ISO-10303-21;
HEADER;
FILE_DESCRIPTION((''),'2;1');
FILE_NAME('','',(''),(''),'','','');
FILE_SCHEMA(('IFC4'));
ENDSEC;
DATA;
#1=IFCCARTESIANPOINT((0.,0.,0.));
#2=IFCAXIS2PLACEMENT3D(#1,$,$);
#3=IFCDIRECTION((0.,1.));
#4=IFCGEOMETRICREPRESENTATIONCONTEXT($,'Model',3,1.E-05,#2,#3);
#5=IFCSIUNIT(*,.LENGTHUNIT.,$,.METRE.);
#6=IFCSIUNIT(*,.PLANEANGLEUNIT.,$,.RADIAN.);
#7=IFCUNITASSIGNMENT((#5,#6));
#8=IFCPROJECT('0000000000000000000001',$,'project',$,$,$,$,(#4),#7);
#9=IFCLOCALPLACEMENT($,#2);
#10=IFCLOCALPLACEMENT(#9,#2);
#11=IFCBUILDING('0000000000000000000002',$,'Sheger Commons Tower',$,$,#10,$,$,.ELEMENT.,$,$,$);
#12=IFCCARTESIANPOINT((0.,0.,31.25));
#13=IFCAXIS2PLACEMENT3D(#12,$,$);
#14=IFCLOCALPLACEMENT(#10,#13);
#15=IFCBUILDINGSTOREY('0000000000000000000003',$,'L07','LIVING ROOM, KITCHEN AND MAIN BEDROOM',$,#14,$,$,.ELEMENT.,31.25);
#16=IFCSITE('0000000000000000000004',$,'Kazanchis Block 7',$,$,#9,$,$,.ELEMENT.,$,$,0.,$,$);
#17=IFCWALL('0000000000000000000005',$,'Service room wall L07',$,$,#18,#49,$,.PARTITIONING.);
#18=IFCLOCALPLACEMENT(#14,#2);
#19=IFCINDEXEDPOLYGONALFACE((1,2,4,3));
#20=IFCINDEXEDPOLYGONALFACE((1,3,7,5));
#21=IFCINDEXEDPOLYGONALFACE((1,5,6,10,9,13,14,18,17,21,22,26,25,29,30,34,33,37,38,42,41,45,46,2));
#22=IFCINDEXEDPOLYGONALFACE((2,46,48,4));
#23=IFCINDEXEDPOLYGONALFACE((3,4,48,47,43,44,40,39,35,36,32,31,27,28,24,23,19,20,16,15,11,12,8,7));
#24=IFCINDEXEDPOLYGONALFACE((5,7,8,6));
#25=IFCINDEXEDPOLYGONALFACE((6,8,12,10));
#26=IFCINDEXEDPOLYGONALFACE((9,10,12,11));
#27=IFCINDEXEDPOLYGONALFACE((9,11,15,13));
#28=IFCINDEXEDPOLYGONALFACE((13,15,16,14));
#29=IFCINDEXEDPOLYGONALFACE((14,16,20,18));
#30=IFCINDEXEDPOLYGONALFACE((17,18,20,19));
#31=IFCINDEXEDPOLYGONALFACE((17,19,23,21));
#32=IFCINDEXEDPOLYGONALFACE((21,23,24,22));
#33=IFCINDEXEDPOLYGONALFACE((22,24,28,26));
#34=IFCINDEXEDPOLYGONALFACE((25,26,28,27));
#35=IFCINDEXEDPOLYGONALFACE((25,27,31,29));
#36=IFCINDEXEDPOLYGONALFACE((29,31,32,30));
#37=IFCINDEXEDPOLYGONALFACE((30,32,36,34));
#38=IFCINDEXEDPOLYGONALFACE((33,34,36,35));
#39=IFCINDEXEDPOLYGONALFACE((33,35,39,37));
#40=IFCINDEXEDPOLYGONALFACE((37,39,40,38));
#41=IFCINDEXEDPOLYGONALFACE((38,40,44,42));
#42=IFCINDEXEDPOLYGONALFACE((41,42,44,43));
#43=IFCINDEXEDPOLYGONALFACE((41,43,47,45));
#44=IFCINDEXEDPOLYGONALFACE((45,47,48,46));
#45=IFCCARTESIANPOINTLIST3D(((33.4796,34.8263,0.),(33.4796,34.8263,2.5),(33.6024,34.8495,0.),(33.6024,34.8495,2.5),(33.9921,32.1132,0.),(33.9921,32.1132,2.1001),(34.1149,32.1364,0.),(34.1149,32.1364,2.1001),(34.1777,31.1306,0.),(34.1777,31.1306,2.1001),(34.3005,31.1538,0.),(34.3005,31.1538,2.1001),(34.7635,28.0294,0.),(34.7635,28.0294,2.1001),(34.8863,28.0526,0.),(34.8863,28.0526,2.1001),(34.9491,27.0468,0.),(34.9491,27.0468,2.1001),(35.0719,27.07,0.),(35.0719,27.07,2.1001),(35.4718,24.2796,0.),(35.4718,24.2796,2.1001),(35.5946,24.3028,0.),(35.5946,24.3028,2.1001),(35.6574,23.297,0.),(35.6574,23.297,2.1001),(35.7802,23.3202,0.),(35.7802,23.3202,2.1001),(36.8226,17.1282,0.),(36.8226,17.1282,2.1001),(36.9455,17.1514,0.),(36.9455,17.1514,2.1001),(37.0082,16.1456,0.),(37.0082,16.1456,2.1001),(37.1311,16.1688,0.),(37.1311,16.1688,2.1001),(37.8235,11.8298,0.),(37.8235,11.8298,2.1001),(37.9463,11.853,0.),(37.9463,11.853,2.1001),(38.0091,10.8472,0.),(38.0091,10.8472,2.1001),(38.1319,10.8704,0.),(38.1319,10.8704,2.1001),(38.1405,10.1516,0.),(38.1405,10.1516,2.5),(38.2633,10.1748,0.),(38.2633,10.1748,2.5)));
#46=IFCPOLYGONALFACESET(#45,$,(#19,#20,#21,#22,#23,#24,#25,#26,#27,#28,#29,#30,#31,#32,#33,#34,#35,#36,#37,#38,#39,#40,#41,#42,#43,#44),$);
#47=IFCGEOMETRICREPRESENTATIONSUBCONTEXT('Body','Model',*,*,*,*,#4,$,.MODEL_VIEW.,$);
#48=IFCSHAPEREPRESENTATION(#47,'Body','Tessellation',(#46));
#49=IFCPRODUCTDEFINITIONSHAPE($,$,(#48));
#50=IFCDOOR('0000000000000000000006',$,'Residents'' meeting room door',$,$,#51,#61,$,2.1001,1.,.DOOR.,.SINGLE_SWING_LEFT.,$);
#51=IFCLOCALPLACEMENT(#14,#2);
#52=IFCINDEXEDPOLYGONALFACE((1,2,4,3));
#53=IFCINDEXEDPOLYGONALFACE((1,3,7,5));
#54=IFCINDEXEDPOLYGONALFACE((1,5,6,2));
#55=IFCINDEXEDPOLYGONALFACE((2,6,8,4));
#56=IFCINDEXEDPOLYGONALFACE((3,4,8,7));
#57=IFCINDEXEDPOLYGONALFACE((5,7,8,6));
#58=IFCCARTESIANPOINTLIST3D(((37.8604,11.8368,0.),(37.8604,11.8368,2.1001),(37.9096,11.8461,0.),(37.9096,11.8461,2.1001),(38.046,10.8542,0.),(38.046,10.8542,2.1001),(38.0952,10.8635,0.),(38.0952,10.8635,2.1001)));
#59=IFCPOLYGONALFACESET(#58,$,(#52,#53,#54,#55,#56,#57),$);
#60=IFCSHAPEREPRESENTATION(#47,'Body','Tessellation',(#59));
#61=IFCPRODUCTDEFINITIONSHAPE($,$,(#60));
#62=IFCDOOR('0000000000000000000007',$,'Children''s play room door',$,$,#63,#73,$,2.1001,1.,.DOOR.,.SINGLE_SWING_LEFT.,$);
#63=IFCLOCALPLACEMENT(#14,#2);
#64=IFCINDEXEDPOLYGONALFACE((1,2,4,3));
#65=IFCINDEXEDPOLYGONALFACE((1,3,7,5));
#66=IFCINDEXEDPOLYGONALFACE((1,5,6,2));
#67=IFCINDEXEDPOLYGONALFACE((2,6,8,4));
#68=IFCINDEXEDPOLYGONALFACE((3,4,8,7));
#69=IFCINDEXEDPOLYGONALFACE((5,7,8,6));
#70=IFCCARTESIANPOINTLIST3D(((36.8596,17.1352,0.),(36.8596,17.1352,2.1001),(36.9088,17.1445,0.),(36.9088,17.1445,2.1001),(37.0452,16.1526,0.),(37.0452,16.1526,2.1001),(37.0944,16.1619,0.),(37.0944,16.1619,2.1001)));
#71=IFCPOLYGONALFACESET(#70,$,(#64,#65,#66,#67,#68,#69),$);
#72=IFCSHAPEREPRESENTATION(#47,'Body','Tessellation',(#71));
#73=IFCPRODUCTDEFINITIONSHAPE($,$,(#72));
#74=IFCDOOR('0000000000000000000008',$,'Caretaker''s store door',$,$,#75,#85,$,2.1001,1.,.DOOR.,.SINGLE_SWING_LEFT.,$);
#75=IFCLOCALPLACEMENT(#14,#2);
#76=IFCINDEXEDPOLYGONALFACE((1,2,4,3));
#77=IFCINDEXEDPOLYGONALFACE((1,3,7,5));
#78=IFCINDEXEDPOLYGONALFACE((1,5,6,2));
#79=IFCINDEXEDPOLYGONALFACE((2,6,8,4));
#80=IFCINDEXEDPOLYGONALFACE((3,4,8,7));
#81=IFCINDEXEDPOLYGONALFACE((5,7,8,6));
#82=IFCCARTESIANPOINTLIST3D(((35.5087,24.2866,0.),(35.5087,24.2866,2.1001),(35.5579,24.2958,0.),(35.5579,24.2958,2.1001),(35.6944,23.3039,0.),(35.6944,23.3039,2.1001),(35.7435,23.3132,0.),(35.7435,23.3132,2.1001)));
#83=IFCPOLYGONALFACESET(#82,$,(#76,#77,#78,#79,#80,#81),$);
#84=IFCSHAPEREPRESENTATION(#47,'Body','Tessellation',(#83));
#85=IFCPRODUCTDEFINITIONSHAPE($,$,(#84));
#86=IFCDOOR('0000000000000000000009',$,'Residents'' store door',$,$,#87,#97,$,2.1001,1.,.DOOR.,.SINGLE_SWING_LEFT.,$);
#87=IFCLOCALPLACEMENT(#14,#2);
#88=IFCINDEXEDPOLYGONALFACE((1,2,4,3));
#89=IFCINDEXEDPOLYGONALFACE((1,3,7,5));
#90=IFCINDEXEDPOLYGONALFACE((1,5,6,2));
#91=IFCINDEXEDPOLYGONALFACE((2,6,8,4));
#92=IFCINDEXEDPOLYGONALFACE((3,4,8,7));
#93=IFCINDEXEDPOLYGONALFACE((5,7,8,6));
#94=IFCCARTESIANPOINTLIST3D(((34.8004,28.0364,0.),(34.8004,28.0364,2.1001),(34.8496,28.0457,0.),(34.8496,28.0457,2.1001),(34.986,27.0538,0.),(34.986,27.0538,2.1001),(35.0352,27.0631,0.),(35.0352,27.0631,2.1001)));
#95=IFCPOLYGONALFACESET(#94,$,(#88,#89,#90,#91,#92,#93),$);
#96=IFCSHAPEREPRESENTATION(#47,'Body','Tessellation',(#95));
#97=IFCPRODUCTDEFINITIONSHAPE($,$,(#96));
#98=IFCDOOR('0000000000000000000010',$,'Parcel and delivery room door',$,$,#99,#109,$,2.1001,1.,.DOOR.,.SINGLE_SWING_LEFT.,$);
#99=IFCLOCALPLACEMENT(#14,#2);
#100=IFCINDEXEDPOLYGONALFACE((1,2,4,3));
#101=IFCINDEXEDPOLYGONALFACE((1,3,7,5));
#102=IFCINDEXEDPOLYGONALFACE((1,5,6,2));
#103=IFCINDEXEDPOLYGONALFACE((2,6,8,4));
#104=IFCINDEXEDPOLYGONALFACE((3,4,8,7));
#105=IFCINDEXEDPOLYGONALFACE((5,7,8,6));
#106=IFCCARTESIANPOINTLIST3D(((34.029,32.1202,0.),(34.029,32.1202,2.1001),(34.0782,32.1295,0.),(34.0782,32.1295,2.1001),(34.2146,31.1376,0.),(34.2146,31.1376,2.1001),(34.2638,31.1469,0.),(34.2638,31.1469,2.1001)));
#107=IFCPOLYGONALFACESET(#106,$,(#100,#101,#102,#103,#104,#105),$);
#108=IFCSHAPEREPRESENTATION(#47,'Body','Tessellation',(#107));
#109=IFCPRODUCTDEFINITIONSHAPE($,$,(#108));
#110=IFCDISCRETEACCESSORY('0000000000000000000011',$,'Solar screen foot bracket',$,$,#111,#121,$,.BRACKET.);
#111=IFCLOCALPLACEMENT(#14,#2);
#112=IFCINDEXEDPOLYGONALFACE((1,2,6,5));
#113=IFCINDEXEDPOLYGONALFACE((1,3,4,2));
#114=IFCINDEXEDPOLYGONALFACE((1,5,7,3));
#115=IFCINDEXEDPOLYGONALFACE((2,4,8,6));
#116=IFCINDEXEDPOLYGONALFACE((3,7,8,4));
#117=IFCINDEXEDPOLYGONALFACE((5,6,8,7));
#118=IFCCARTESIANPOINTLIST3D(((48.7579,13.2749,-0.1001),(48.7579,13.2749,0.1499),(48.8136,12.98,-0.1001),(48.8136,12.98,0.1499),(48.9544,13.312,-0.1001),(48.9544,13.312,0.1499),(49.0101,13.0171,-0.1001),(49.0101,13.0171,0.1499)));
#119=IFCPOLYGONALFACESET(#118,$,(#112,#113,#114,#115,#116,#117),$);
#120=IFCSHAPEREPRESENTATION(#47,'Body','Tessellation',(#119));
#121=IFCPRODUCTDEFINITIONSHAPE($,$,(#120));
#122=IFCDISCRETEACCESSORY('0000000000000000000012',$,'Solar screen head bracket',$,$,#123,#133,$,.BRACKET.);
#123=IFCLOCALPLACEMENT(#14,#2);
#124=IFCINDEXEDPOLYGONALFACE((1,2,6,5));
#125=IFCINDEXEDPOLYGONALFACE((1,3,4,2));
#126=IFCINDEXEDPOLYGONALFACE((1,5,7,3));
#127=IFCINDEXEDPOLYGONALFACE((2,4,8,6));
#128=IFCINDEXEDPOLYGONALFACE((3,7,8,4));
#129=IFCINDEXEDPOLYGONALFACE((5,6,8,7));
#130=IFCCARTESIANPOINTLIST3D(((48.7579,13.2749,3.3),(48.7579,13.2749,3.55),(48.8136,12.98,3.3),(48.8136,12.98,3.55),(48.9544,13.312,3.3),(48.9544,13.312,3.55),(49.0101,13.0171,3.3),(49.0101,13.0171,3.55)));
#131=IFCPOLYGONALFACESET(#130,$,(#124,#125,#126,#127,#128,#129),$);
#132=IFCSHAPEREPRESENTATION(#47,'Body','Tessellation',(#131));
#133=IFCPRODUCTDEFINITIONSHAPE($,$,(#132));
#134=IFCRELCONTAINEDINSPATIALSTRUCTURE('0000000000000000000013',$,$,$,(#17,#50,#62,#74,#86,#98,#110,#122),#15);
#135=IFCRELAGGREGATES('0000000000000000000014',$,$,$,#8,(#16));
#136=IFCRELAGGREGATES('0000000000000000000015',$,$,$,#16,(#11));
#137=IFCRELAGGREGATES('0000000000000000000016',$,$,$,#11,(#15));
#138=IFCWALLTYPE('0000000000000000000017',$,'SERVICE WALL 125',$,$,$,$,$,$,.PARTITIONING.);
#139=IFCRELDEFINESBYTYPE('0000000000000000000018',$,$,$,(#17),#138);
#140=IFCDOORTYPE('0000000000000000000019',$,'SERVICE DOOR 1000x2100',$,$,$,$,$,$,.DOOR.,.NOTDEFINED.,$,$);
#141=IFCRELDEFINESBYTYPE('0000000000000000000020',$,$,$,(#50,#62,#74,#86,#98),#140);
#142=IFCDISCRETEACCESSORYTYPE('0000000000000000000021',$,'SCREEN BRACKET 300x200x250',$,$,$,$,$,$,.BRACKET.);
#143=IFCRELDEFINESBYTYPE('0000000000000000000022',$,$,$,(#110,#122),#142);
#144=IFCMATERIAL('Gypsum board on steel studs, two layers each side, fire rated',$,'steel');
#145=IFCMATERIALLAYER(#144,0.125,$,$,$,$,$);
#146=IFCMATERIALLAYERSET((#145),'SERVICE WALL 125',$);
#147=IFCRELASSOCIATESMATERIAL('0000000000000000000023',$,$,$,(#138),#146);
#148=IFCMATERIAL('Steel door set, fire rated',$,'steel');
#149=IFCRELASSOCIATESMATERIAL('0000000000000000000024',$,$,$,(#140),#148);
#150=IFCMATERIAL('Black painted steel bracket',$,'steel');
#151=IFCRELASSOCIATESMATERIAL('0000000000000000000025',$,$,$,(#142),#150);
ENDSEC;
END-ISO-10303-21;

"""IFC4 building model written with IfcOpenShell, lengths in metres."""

from ifc_helpers import new_model, si_unit, direction, frame, frame_2d, origin, origin_2d, place, context, subcontext, project, spatial, rectangle, extrude, material, layer, layer_set, type_object, element, fill, save


model = new_model("IFC4")

# Units and contexts
model_context = context("Model", 3, precision=1e-05, world=origin(), true_north=direction((0.0, 1.0)))
body_context = subcontext(model_context, "Body", "Model", "MODEL_VIEW")
ifc_project = project(units=[si_unit("LENGTHUNIT", "METRE"), si_unit("PLANEANGLEUNIT", "RADIAN")], contexts=[model_context])

# Site, building, storey
site_placement = place(None, origin())
site = spatial("IfcSite", under=ifc_project, at=site_placement, Name="Kazanchis Block 7", CompositionType="ELEMENT", RefElevation=0.0)
building_placement = place(site_placement, origin())
building = spatial("IfcBuilding", under=site, at=building_placement, Name="Sheger Commons Tower", CompositionType="ELEMENT")
storey_placement = place(building_placement, frame((0.0, 0.0, 31.25)))
storey = spatial("IfcBuildingStorey", under=building, at=storey_placement, Name="L07", Description="LIVING ROOM, KITCHEN AND MAIN BEDROOM", CompositionType="ELEMENT", Elevation=31.25)

# Wall, openings, doors
ifc_material_1 = material(Name="Gypsum board on steel studs, two layers each side, fire rated", Category="steel")
ifc_layer_1 = layer(ifc_material_1, 0.125)
ifc_layer_set_1 = layer_set([ifc_layer_1], Name="SERVICE WALL 125")
wall_type_1 = type_object("IfcWallType", Name="SERVICE WALL 125", PredefinedType="PARTITIONING", material=ifc_layer_set_1)
wall_1_placement = place(storey_placement, frame((38.2019, 10.1631, 0.0), z_axis=(0.0, 0.0, 1.0), x_axis=(-0.18561, 0.982623, 0.0)))
wall_1 = element("IfcWall", 1, at=wall_1_placement, inside=storey, type_object=wall_type_1, Name="Service room wall L07", PredefinedType="PARTITIONING", context=body_context, shape_type="SweptSolid", body=[
    extrude(rectangle(XDim=25.1111, YDim=0.125, at=frame_2d((12.5557, 0.0))), origin(), (0.0, 0.0, 1.0), 2.5),
])
opening_1_placement = place(wall_1_placement, frame((0.708, 0.0, 0.0)))
opening_1 = element("IfcOpeningElement", 2, at=opening_1_placement, cuts=wall_1, PredefinedType="OPENING", context=body_context, shape_type="SweptSolid", body=[
    extrude(rectangle(XDim=1.0, YDim=2.1001, at=frame_2d((0.5, 1.05))), frame((0.0, 0.0725, 0.0), z_axis=(0.0, -1.0, 0.0), x_axis=(1.0, 0.0, 0.0)), (0.0, 0.0, 1.0), 0.145),
])
opening_2_placement = place(wall_1_placement, frame((6.1001, 0.0, 0.0)))
opening_2 = element("IfcOpeningElement", 3, at=opening_2_placement, cuts=wall_1, PredefinedType="OPENING", context=body_context, shape_type="SweptSolid", body=[
    extrude(rectangle(XDim=1.0, YDim=2.1001, at=frame_2d((0.5, 1.05))), frame((0.0, 0.0725, 0.0), z_axis=(0.0, -1.0, 0.0), x_axis=(1.0, 0.0, 0.0)), (0.0, 0.0, 1.0), 0.145),
])
opening_3_placement = place(wall_1_placement, frame((13.3779, 0.0, 0.0)))
opening_3 = element("IfcOpeningElement", 4, at=opening_3_placement, cuts=wall_1, PredefinedType="OPENING", context=body_context, shape_type="SweptSolid", body=[
    extrude(rectangle(XDim=1.0, YDim=2.1001, at=frame_2d((0.5, 1.05))), frame((0.0, 0.0725, 0.0), z_axis=(0.0, -1.0, 0.0), x_axis=(1.0, 0.0, 0.0)), (0.0, 0.0, 1.0), 0.145),
])
opening_4_placement = place(wall_1_placement, frame((17.1941, 0.0, 0.0)))
opening_4 = element("IfcOpeningElement", 5, at=opening_4_placement, cuts=wall_1, PredefinedType="OPENING", context=body_context, shape_type="SweptSolid", body=[
    extrude(rectangle(XDim=1.0, YDim=2.1001, at=frame_2d((0.5, 1.05))), frame((0.0, 0.0725, 0.0), z_axis=(0.0, -1.0, 0.0), x_axis=(1.0, 0.0, 0.0)), (0.0, 0.0, 1.0), 0.145),
])
opening_5_placement = place(wall_1_placement, frame((21.3501, 0.0, 0.0)))
opening_5 = element("IfcOpeningElement", 6, at=opening_5_placement, cuts=wall_1, PredefinedType="OPENING", context=body_context, shape_type="SweptSolid", body=[
    extrude(rectangle(XDim=1.0, YDim=2.1001, at=frame_2d((0.5, 1.05))), frame((0.0, 0.0725, 0.0), z_axis=(0.0, -1.0, 0.0), x_axis=(1.0, 0.0, 0.0)), (0.0, 0.0, 1.0), 0.145),
])
ifc_material_2 = material(Name="Steel door set, fire rated", Category="steel")
door_type_1 = type_object("IfcDoorType", Name="SERVICE DOOR 1000x2100", OperationType="NOTDEFINED", PredefinedType="DOOR", material=ifc_material_2)
door_1_placement = place(opening_1_placement, origin())
door_1 = element("IfcDoor", 7, at=door_1_placement, inside=storey, type_object=door_type_1, Name="Residents' meeting room door", OperationType="SINGLE_SWING_LEFT", OverallHeight=2.1001, OverallWidth=1.0, PredefinedType="DOOR", context=body_context, shape_type="SweptSolid", body=[
    extrude(rectangle(XDim=1.0, YDim=2.1001, at=frame_2d((0.5, 1.05))), frame((0.0, 0.0249, 0.0), z_axis=(0.0, -1.0, 0.0), x_axis=(1.0, 0.0, 0.0)), (0.0, 0.0, 1.0), 0.05),
])
fill(opening_1, door_1)
door_2_placement = place(opening_2_placement, origin())
door_2 = element("IfcDoor", 8, at=door_2_placement, inside=storey, type_object=door_type_1, Name="Children's play room door", OperationType="SINGLE_SWING_LEFT", OverallHeight=2.1001, OverallWidth=1.0, PredefinedType="DOOR", context=body_context, shape_type="SweptSolid", body=[
    extrude(rectangle(XDim=1.0, YDim=2.1001, at=frame_2d((0.5, 1.05))), frame((0.0, 0.0249, 0.0), z_axis=(0.0, -1.0, 0.0), x_axis=(1.0, 0.0, 0.0)), (0.0, 0.0, 1.0), 0.05),
])
fill(opening_2, door_2)
door_3_placement = place(opening_3_placement, origin())
door_3 = element("IfcDoor", 9, at=door_3_placement, inside=storey, type_object=door_type_1, Name="Caretaker's store door", OperationType="SINGLE_SWING_LEFT", OverallHeight=2.1001, OverallWidth=1.0, PredefinedType="DOOR", context=body_context, shape_type="SweptSolid", body=[
    extrude(rectangle(XDim=1.0, YDim=2.1001, at=frame_2d((0.5, 1.05))), frame((0.0, 0.0249, 0.0), z_axis=(0.0, -1.0, 0.0), x_axis=(1.0, 0.0, 0.0)), (0.0, 0.0, 1.0), 0.05),
])
fill(opening_3, door_3)
door_4_placement = place(opening_4_placement, origin())
door_4 = element("IfcDoor", 10, at=door_4_placement, inside=storey, type_object=door_type_1, Name="Residents' store door", OperationType="SINGLE_SWING_LEFT", OverallHeight=2.1001, OverallWidth=1.0, PredefinedType="DOOR", context=body_context, shape_type="SweptSolid", body=[
    extrude(rectangle(XDim=1.0, YDim=2.1001, at=frame_2d((0.5, 1.05))), frame((0.0, 0.0249, 0.0), z_axis=(0.0, -1.0, 0.0), x_axis=(1.0, 0.0, 0.0)), (0.0, 0.0, 1.0), 0.05),
])
fill(opening_4, door_4)
door_5_placement = place(opening_5_placement, origin())
door_5 = element("IfcDoor", 11, at=door_5_placement, inside=storey, type_object=door_type_1, Name="Parcel and delivery room door", OperationType="SINGLE_SWING_LEFT", OverallHeight=2.1001, OverallWidth=1.0, PredefinedType="DOOR", context=body_context, shape_type="SweptSolid", body=[
    extrude(rectangle(XDim=1.0, YDim=2.1001, at=frame_2d((0.5, 1.05))), frame((0.0, 0.0249, 0.0), z_axis=(0.0, -1.0, 0.0), x_axis=(1.0, 0.0, 0.0)), (0.0, 0.0, 1.0), 0.05),
])
fill(opening_5, door_5)

# Discrete accessories
ifc_material_3 = material(Name="Black painted steel bracket", Category="steel")
discrete_accessory_type = type_object("IfcDiscreteAccessoryType", Name="SCREEN BRACKET 300x200x250", PredefinedType="BRACKET", material=ifc_material_3)
for number, where, z_axis, x_axis, name in (
    (12, (48.884, 13.146, -0.1001), (0.0, 0.0, 1.0), (-0.185615, 0.982623, 0.0), "Solar screen foot bracket"),
    (13, (48.884, 13.146, 3.3), (0.0, 0.0, 1.0), (-0.185615, 0.982623, 0.0), "Solar screen head bracket"),
):
    element("IfcDiscreteAccessory", number, at=place(storey_placement, frame(where, z_axis=z_axis, x_axis=x_axis)), inside=storey, type_object=discrete_accessory_type, Name=name, PredefinedType="BRACKET", context=body_context, shape_type="SweptSolid", body=[
        extrude(rectangle(XDim=0.3, YDim=0.2, at=origin_2d()), origin(), (0.0, 0.0, 1.0), 0.25),
    ])

save(model, "model.ifc")
